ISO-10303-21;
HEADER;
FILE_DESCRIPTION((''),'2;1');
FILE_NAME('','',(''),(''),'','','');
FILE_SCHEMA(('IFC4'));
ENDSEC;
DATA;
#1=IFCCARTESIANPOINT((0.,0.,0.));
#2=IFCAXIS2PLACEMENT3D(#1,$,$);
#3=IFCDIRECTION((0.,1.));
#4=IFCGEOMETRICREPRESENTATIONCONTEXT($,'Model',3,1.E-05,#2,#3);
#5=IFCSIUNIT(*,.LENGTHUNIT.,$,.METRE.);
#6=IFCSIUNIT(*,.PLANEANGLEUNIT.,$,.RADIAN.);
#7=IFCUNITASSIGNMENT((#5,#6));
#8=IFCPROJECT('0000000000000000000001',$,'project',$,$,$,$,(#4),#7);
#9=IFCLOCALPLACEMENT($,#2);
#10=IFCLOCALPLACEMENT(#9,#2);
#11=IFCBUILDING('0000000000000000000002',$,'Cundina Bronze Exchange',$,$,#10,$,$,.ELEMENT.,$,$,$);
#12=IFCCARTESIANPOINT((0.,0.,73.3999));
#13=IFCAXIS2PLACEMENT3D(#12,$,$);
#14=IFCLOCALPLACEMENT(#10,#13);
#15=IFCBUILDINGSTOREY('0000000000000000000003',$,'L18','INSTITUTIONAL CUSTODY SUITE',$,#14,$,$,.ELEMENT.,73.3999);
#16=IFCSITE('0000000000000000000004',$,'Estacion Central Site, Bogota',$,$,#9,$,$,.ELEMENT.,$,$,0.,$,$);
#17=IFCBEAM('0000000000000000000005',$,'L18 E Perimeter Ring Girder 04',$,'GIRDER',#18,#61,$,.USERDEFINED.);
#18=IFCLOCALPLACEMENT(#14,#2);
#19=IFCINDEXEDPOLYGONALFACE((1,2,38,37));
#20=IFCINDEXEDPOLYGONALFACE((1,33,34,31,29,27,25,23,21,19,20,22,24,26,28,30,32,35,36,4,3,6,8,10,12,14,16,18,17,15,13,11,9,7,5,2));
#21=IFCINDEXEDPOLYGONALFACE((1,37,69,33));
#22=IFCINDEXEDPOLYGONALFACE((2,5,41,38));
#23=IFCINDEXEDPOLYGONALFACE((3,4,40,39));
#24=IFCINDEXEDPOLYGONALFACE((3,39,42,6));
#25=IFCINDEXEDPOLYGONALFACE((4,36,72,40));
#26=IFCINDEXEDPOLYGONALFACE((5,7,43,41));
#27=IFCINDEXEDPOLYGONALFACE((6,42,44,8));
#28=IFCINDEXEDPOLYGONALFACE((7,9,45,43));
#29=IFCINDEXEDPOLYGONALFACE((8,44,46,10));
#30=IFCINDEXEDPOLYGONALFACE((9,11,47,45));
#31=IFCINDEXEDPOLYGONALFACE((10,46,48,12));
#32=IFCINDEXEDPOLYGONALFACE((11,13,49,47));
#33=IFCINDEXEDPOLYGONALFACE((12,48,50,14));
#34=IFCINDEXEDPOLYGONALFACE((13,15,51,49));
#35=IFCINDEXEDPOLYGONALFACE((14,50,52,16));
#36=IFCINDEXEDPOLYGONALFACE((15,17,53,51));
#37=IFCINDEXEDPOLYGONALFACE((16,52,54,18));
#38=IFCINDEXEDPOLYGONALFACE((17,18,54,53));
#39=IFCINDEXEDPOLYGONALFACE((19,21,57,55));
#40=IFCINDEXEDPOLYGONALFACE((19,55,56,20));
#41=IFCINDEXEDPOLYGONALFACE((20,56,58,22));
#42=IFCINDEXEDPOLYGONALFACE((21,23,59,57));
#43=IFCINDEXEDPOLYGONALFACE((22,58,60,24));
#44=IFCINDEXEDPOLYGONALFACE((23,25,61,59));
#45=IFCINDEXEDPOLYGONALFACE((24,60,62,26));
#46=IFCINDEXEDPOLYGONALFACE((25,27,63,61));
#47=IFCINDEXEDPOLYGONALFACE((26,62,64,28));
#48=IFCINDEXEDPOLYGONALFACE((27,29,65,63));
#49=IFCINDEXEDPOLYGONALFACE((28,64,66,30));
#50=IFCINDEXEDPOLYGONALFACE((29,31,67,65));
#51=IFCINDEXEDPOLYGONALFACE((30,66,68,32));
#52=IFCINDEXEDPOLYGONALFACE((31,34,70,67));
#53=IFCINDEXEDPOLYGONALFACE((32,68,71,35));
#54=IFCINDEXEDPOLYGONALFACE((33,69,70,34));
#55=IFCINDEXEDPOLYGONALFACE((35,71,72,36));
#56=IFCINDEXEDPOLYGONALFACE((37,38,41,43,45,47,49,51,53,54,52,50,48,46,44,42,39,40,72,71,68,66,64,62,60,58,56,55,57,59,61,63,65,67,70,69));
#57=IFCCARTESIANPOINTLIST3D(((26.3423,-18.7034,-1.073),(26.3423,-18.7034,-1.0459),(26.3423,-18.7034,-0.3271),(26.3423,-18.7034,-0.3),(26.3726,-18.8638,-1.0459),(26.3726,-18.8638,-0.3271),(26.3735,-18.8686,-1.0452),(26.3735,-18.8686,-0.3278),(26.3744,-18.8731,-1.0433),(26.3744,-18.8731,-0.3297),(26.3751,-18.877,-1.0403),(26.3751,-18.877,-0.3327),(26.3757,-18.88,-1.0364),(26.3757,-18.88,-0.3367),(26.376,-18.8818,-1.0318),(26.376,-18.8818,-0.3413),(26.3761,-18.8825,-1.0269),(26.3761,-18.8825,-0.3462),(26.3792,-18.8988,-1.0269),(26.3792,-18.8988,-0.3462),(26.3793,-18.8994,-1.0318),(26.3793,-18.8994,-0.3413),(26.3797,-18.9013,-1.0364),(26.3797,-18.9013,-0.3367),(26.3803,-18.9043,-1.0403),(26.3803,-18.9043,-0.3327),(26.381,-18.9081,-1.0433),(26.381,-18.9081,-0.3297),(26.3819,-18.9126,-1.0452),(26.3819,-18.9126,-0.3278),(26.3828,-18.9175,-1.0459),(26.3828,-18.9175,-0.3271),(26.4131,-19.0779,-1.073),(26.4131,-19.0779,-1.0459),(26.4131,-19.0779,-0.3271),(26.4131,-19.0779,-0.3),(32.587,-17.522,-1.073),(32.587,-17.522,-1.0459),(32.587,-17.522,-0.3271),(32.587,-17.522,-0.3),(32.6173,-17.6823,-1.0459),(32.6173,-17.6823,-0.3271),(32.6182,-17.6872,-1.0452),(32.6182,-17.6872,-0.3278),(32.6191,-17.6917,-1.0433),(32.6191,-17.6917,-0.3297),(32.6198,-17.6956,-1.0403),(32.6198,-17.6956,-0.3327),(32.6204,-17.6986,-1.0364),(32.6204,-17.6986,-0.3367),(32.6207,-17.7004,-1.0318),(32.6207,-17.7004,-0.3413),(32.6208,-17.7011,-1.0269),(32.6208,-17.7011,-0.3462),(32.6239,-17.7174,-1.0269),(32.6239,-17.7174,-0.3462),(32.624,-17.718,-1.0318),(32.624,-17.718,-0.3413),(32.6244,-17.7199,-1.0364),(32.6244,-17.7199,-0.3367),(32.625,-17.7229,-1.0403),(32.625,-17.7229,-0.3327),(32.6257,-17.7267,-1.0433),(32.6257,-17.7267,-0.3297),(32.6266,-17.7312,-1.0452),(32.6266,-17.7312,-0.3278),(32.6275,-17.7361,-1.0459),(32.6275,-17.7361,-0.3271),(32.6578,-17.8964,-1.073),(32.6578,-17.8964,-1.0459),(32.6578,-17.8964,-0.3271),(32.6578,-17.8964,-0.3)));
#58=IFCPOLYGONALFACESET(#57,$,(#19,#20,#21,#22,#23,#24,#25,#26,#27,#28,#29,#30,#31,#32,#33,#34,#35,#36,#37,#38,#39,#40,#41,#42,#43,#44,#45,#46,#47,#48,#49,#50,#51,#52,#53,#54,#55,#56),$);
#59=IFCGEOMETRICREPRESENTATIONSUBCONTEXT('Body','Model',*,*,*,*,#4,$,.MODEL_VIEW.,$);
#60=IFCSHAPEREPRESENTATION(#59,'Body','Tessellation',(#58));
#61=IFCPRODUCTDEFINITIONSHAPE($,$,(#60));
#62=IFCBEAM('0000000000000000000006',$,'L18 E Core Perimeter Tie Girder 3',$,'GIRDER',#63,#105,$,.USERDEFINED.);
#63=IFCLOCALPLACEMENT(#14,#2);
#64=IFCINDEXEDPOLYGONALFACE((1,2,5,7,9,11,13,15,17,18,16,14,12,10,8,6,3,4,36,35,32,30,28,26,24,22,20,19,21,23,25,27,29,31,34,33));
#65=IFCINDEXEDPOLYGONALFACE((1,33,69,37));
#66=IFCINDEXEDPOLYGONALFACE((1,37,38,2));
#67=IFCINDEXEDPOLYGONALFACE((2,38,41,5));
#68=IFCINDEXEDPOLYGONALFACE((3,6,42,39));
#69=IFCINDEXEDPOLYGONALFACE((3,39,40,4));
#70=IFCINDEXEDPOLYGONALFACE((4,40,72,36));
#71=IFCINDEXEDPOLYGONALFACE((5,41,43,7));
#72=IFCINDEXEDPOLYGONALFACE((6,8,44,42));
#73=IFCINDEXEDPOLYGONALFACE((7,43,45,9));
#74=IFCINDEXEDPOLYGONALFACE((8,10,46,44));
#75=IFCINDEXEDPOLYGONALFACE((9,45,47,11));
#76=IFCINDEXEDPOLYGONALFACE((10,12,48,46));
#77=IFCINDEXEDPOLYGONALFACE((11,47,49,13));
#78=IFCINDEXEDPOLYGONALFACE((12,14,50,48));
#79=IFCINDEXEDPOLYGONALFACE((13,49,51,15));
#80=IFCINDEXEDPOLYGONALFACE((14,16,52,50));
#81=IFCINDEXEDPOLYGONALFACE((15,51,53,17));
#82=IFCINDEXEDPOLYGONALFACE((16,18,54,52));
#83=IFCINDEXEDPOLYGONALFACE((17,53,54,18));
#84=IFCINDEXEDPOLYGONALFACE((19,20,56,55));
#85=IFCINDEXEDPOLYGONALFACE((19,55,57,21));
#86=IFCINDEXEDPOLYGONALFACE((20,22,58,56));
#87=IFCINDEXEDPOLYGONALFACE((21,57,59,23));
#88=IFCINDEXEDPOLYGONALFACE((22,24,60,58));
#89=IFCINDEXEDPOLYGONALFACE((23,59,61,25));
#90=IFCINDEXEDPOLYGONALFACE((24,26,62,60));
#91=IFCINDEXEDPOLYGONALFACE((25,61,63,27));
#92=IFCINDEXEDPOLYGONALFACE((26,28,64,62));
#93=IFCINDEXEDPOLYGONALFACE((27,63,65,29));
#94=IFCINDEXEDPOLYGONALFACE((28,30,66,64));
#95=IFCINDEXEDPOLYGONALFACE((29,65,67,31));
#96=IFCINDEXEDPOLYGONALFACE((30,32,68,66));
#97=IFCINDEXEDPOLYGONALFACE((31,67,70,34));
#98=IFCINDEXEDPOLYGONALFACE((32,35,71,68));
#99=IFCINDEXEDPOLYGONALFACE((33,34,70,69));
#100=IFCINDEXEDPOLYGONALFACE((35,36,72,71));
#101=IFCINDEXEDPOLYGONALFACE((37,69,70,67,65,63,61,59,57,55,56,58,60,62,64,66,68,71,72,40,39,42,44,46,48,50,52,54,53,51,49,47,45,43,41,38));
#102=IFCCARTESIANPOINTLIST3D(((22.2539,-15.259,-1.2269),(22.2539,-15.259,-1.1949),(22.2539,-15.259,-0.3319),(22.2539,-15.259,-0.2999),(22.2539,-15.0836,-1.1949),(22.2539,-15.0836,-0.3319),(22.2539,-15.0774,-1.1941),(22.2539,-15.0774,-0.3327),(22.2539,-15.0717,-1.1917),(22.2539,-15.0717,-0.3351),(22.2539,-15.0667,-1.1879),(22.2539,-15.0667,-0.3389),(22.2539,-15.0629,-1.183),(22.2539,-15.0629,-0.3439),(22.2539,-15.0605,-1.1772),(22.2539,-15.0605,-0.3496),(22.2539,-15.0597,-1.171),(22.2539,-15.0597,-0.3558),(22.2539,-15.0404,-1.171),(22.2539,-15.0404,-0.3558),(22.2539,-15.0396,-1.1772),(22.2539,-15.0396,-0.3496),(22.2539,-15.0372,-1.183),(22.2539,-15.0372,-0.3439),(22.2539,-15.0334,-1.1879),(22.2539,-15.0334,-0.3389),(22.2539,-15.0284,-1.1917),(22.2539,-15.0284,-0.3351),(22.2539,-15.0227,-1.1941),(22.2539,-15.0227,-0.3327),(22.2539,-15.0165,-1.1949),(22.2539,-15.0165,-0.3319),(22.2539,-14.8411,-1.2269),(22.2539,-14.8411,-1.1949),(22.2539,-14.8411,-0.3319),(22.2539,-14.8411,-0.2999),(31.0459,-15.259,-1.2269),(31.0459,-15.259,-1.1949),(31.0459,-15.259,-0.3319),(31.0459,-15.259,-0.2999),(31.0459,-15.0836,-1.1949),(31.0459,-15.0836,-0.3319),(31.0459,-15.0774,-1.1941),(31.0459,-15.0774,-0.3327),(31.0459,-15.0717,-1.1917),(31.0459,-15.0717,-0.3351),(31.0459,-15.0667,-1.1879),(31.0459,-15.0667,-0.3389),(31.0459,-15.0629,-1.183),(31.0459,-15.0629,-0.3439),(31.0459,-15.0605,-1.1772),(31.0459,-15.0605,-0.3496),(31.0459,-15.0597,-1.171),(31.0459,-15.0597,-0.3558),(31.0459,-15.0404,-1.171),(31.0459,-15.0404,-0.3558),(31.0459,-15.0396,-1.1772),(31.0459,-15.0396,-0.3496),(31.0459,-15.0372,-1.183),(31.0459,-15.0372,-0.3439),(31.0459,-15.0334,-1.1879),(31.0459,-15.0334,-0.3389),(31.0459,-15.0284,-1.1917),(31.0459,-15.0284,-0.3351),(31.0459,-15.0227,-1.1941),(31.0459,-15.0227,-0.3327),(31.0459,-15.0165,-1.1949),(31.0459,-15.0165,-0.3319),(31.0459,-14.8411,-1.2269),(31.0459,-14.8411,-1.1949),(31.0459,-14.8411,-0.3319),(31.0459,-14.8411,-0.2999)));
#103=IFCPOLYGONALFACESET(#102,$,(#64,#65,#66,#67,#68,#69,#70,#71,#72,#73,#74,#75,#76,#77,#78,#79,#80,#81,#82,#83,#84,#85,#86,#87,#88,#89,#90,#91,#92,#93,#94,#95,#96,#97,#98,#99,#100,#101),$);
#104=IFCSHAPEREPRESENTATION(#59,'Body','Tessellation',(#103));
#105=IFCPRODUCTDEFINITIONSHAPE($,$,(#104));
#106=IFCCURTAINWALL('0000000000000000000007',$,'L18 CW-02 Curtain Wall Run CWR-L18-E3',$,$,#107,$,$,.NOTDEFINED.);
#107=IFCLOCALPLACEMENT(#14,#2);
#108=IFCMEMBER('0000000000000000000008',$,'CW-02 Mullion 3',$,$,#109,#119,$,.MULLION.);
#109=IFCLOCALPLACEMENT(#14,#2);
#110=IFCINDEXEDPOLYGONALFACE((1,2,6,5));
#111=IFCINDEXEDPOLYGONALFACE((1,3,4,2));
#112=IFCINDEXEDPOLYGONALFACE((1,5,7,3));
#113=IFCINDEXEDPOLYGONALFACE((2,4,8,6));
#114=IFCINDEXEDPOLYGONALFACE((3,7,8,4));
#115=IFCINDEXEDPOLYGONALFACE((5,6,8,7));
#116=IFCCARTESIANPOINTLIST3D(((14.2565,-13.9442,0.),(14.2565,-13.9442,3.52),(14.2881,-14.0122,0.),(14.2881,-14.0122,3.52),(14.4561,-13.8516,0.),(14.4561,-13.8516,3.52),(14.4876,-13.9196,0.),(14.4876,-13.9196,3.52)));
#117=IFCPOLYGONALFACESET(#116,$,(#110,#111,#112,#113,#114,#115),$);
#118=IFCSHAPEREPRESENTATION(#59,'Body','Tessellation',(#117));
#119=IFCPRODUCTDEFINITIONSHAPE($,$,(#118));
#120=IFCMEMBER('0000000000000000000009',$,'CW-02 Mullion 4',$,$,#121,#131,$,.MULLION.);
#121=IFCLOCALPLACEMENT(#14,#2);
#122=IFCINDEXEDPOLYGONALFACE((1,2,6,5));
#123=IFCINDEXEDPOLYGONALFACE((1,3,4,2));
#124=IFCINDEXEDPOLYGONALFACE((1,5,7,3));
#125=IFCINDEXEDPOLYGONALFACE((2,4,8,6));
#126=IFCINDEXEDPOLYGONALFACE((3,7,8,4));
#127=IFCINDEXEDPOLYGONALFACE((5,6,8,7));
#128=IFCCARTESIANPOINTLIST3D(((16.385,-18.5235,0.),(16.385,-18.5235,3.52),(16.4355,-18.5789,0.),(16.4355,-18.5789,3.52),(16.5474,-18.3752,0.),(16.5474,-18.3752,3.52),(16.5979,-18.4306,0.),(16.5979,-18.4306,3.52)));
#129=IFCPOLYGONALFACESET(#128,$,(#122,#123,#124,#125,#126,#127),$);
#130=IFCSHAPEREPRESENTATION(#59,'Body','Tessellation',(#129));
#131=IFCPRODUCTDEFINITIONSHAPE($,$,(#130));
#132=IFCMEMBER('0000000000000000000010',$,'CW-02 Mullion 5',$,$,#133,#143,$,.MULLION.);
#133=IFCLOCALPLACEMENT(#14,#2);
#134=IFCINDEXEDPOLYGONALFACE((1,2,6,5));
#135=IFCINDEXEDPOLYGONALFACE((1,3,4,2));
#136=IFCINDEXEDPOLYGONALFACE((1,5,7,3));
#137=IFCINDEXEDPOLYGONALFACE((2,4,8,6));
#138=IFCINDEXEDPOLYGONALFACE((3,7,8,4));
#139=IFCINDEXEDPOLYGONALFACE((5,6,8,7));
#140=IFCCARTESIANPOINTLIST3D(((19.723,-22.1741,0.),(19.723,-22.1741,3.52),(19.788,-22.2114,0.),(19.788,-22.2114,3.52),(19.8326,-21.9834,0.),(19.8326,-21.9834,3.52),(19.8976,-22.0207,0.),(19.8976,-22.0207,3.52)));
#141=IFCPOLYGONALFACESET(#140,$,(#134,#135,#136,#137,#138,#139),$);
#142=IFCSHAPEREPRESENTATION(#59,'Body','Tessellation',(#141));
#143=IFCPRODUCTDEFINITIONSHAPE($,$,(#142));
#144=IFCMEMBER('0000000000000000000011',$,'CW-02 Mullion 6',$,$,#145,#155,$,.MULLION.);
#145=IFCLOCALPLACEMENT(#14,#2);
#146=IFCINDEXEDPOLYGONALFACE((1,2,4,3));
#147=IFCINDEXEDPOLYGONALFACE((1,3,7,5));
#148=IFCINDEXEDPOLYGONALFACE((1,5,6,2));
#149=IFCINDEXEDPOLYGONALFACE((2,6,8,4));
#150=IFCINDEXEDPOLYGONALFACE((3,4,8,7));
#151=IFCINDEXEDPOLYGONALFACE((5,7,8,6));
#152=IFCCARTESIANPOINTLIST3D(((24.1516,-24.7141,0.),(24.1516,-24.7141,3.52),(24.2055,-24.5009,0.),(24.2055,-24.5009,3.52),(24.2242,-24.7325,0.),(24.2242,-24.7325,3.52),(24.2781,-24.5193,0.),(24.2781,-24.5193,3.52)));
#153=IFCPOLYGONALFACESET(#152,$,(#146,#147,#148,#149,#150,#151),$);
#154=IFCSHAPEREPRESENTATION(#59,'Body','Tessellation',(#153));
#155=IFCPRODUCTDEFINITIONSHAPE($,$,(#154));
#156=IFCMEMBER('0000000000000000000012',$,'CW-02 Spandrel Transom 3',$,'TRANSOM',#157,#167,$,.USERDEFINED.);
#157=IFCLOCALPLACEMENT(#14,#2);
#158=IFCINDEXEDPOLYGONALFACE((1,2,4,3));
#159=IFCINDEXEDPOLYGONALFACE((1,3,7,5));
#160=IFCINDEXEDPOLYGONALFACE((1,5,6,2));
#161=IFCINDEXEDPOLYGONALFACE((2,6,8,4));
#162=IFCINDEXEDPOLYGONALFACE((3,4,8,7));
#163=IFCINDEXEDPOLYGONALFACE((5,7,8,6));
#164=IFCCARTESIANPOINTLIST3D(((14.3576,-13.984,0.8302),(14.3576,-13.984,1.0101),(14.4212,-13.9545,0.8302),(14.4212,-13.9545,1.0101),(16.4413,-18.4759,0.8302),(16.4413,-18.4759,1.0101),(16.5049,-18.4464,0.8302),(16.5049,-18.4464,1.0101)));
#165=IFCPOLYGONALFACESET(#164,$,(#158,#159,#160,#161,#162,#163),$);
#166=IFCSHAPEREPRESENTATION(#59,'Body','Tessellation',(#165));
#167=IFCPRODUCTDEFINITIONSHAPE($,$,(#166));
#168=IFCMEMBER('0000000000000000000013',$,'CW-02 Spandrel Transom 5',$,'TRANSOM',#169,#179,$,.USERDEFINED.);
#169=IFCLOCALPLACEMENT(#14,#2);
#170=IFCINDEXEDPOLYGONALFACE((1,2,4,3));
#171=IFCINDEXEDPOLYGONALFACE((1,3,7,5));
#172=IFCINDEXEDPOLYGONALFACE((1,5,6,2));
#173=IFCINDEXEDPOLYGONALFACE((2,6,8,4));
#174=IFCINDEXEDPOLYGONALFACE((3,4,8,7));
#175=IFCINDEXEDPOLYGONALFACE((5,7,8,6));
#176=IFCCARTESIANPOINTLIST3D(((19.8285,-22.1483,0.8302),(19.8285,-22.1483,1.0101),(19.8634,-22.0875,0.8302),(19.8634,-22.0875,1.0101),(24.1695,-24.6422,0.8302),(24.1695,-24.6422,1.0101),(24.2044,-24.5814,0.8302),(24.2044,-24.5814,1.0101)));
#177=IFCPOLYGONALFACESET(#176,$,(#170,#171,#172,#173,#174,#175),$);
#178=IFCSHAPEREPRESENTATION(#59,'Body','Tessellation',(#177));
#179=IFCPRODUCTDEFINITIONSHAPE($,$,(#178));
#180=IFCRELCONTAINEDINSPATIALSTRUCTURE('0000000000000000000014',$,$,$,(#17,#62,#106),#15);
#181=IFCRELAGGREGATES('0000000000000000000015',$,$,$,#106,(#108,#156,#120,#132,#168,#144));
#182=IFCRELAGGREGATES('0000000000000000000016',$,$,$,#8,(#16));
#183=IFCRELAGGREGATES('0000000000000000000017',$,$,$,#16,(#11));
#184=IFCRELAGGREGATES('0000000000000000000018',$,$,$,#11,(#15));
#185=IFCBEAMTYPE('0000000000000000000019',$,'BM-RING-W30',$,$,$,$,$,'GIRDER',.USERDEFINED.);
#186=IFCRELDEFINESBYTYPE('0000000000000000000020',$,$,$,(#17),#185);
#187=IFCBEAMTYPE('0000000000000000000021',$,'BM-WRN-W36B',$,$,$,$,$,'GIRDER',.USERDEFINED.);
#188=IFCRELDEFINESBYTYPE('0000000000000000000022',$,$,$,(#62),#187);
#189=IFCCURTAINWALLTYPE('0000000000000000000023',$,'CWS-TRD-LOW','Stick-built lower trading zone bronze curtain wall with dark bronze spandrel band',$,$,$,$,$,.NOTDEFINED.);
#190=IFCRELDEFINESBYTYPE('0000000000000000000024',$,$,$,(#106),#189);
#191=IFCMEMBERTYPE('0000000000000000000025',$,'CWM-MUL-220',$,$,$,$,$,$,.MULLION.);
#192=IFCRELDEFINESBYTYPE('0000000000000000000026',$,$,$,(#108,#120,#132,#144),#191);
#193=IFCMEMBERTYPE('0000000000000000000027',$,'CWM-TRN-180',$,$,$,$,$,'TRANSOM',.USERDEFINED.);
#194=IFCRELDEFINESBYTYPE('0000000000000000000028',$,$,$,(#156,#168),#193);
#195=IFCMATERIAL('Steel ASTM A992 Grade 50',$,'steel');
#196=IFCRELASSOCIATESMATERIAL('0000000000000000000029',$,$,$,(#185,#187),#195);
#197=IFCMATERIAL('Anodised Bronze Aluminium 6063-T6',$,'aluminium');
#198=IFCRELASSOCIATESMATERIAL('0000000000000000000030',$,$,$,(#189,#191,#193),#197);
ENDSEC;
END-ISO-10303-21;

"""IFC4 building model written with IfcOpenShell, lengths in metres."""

from ifc_helpers import new_model, si_unit, direction, frame, origin, origin_2d, place, context, subcontext, project, spatial, rectangle, i_section, extrude, material, material_profile, profile_set, type_object, element, aggregate, save


model = new_model("IFC4")

# Units and contexts
model_context = context("Model", 3, precision=1e-05, world=origin(), true_north=direction((0.0, 1.0)))
body_context = subcontext(model_context, "Body", "Model", "MODEL_VIEW")
ifc_project = project(units=[si_unit("LENGTHUNIT", "METRE"), si_unit("PLANEANGLEUNIT", "RADIAN")], contexts=[model_context])

# Site, building, storey
site_placement = place(None, origin())
site = spatial("IfcSite", under=ifc_project, at=site_placement, Name="Estacion Central Site, Bogota", CompositionType="ELEMENT", RefElevation=0.0)
building_placement = place(site_placement, origin())
building = spatial("IfcBuilding", under=site, at=building_placement, Name="Cundina Bronze Exchange", CompositionType="ELEMENT")
storey_placement = place(building_placement, frame((0.0, 0.0, 73.3999)))
storey = spatial("IfcBuildingStorey", under=building, at=storey_placement, Name="L18", Description="INSTITUTIONAL CUSTODY SUITE", CompositionType="ELEMENT", Elevation=73.3999)

# Shared definitions
ifc_material_1 = material(Name="Steel ASTM A992 Grade 50", Category="steel")

# Beams
ifc_material_profile_1 = material_profile(ifc_material_1, i_section(OverallWidth=0.3811, OverallDepth=0.7729, WebThickness=0.0166, FlangeThickness=0.0271, FilletRadius=0.019, at=origin_2d()), Name="W30X173", Category="steel")
ifc_profile_set_1 = profile_set([ifc_material_profile_1], Name="Steel ASTM A992 Grade 50")
beam_type_1 = type_object("IfcBeamType", Name="BM-RING-W30", ElementType="GIRDER", PredefinedType="USERDEFINED", material=ifc_profile_set_1)
beam_1_placement = place(storey_placement, frame((26.3777, -18.8906, -0.6865), z_axis=(0.982571, 0.185889, 0.0), x_axis=(-0.185889, 0.982571, 0.0)))
element("IfcBeam", 1, at=beam_1_placement, inside=storey, type_object=beam_type_1, Name="L18 E Perimeter Ring Girder 04", ObjectType="GIRDER", PredefinedType="USERDEFINED", context=body_context, shape_type="SweptSolid", body=[
    extrude(i_section(OverallWidth=0.3811, OverallDepth=0.7729, WebThickness=0.0166, FlangeThickness=0.0271, FilletRadius=0.019, at=origin_2d()), origin(), (0.0, 0.0, 1.0), 6.3555),
])
ifc_material_profile_2 = material_profile(ifc_material_1, i_section(OverallWidth=0.418, OverallDepth=0.927, WebThickness=0.0193, FlangeThickness=0.032, FilletRadius=0.0239, at=origin_2d()), Name="W36X231", Category="steel")
ifc_profile_set_2 = profile_set([ifc_material_profile_2], Name="Steel ASTM A992 Grade 50")
beam_type_2 = type_object("IfcBeamType", Name="BM-WRN-W36B", ElementType="GIRDER", PredefinedType="USERDEFINED", material=ifc_profile_set_2)
beam_2_placement = place(storey_placement, frame((22.2539, -15.05, -0.7634), z_axis=(1.0, 0.0, 0.0), x_axis=(0.0, 1.0, 0.0)))
element("IfcBeam", 2, at=beam_2_placement, inside=storey, type_object=beam_type_2, Name="L18 E Core Perimeter Tie Girder 3", ObjectType="GIRDER", PredefinedType="USERDEFINED", context=body_context, shape_type="SweptSolid", body=[
    extrude(i_section(OverallWidth=0.418, OverallDepth=0.927, WebThickness=0.0193, FlangeThickness=0.032, FilletRadius=0.0239, at=origin_2d()), origin(), (0.0, 0.0, 1.0), 8.792),
])

# Curtain wall, members
ifc_material_2 = material(Name="Anodised Bronze Aluminium 6063-T6", Category="aluminium")
curtain_wall_type = type_object("IfcCurtainWallType", Name="CWS-TRD-LOW", Description="Stick-built lower trading zone bronze curtain wall with dark bronze spandrel band", PredefinedType="NOTDEFINED", material=ifc_material_2)
curtain_wall_placement = place(storey_placement, origin())
curtain_wall = element("IfcCurtainWall", 3, at=curtain_wall_placement, inside=storey, type_object=curtain_wall_type, Name="L18 CW-02 Curtain Wall Run CWR-L18-E3", PredefinedType="NOTDEFINED")
ifc_material_profile_3 = material_profile(ifc_material_2, rectangle(XDim=0.075, YDim=0.22, at=origin_2d()), Name="AL75X220", Category="aluminium")
ifc_profile_set_3 = profile_set([ifc_material_profile_3], Name="Anodised Bronze Aluminium 6063-T6")
member_type_1 = type_object("IfcMemberType", Name="CWM-MUL-220", PredefinedType="MULLION", material=ifc_profile_set_3)
member_1_placement = place(storey_placement, frame((14.3721, -13.9319, 0.0), z_axis=(0.0, 0.0, 1.0), x_axis=(0.420877, -0.907117, 0.0)))
member_1 = element("IfcMember", 4, at=member_1_placement, type_object=member_type_1, Name="CW-02 Mullion 3", PredefinedType="MULLION", context=body_context, shape_type="SweptSolid", body=[
    extrude(rectangle(XDim=0.075, YDim=0.22, at=origin_2d()), origin(), (0.0, 0.0, 1.0), 3.52),
])
member_2_placement = place(storey_placement, frame((16.4915, -18.4771, 0.0), z_axis=(0.0, 0.0, 1.0), x_axis=(0.674302, -0.738455, 0.0)))
member_2 = element("IfcMember", 5, at=member_2_placement, type_object=member_type_1, Name="CW-02 Mullion 4", PredefinedType="MULLION", context=body_context, shape_type="SweptSolid", body=[
    extrude(rectangle(XDim=0.075, YDim=0.22, at=origin_2d()), origin(), (0.0, 0.0, 1.0), 3.52),
])
member_3_placement = place(storey_placement, frame((19.8103, -22.0974, 0.0), z_axis=(0.0, 0.0, 1.0), x_axis=(0.867071, -0.498185, 0.0)))
member_3 = element("IfcMember", 6, at=member_3_placement, type_object=member_type_1, Name="CW-02 Mullion 5", PredefinedType="MULLION", context=body_context, shape_type="SweptSolid", body=[
    extrude(rectangle(XDim=0.075, YDim=0.22, at=origin_2d()), origin(), (0.0, 0.0, 1.0), 3.52),
])
member_4_placement = place(storey_placement, frame((24.2148, -24.6167, 0.0), z_axis=(0.0, 0.0, 1.0), x_axis=(0.969488, -0.245138, 0.0)))
member_4 = element("IfcMember", 7, at=member_4_placement, type_object=member_type_1, Name="CW-02 Mullion 6", PredefinedType="MULLION", context=body_context, shape_type="SweptSolid", body=[
    extrude(rectangle(XDim=0.075, YDim=0.22, at=origin_2d()), origin(), (0.0, 0.0, 1.0), 3.52),
])
ifc_material_profile_4 = material_profile(ifc_material_2, rectangle(XDim=0.0701, YDim=0.1799, at=origin_2d()), Name="AL70X180", Category="aluminium")
ifc_profile_set_4 = profile_set([ifc_material_profile_4], Name="Anodised Bronze Aluminium 6063-T6")
member_type_2 = type_object("IfcMemberType", Name="CWM-TRN-180", ElementType="TRANSOM", PredefinedType="USERDEFINED", material=ifc_profile_set_4)
member_5_placement = place(storey_placement, frame((14.3894, -13.9692, 0.9202), z_axis=(0.420811, -0.907148, 0.0), x_axis=(0.907148, 0.420811, 0.0)))
member_5 = element("IfcMember", 8, at=member_5_placement, type_object=member_type_2, Name="CW-02 Spandrel Transom 3", ObjectType="TRANSOM", PredefinedType="USERDEFINED", context=body_context, shape_type="SweptSolid", body=[
    extrude(rectangle(XDim=0.0701, YDim=0.1799, at=origin_2d()), origin(), (0.0, 0.0, 1.0), 4.9517),
])
member_6_placement = place(storey_placement, frame((19.8459, -22.1179, 0.9202), z_axis=(0.867097, -0.498139, 0.0), x_axis=(0.498139, 0.867097, 0.0)))
member_6 = element("IfcMember", 9, at=member_6_placement, type_object=member_type_2, Name="CW-02 Spandrel Transom 5", ObjectType="TRANSOM", PredefinedType="USERDEFINED", context=body_context, shape_type="SweptSolid", body=[
    extrude(rectangle(XDim=0.0701, YDim=0.1799, at=origin_2d()), origin(), (0.0, 0.0, 1.0), 5.0063),
])
aggregate(curtain_wall, [member_1, member_5, member_2, member_3, member_6, member_4])

save(model, "model.ifc")
